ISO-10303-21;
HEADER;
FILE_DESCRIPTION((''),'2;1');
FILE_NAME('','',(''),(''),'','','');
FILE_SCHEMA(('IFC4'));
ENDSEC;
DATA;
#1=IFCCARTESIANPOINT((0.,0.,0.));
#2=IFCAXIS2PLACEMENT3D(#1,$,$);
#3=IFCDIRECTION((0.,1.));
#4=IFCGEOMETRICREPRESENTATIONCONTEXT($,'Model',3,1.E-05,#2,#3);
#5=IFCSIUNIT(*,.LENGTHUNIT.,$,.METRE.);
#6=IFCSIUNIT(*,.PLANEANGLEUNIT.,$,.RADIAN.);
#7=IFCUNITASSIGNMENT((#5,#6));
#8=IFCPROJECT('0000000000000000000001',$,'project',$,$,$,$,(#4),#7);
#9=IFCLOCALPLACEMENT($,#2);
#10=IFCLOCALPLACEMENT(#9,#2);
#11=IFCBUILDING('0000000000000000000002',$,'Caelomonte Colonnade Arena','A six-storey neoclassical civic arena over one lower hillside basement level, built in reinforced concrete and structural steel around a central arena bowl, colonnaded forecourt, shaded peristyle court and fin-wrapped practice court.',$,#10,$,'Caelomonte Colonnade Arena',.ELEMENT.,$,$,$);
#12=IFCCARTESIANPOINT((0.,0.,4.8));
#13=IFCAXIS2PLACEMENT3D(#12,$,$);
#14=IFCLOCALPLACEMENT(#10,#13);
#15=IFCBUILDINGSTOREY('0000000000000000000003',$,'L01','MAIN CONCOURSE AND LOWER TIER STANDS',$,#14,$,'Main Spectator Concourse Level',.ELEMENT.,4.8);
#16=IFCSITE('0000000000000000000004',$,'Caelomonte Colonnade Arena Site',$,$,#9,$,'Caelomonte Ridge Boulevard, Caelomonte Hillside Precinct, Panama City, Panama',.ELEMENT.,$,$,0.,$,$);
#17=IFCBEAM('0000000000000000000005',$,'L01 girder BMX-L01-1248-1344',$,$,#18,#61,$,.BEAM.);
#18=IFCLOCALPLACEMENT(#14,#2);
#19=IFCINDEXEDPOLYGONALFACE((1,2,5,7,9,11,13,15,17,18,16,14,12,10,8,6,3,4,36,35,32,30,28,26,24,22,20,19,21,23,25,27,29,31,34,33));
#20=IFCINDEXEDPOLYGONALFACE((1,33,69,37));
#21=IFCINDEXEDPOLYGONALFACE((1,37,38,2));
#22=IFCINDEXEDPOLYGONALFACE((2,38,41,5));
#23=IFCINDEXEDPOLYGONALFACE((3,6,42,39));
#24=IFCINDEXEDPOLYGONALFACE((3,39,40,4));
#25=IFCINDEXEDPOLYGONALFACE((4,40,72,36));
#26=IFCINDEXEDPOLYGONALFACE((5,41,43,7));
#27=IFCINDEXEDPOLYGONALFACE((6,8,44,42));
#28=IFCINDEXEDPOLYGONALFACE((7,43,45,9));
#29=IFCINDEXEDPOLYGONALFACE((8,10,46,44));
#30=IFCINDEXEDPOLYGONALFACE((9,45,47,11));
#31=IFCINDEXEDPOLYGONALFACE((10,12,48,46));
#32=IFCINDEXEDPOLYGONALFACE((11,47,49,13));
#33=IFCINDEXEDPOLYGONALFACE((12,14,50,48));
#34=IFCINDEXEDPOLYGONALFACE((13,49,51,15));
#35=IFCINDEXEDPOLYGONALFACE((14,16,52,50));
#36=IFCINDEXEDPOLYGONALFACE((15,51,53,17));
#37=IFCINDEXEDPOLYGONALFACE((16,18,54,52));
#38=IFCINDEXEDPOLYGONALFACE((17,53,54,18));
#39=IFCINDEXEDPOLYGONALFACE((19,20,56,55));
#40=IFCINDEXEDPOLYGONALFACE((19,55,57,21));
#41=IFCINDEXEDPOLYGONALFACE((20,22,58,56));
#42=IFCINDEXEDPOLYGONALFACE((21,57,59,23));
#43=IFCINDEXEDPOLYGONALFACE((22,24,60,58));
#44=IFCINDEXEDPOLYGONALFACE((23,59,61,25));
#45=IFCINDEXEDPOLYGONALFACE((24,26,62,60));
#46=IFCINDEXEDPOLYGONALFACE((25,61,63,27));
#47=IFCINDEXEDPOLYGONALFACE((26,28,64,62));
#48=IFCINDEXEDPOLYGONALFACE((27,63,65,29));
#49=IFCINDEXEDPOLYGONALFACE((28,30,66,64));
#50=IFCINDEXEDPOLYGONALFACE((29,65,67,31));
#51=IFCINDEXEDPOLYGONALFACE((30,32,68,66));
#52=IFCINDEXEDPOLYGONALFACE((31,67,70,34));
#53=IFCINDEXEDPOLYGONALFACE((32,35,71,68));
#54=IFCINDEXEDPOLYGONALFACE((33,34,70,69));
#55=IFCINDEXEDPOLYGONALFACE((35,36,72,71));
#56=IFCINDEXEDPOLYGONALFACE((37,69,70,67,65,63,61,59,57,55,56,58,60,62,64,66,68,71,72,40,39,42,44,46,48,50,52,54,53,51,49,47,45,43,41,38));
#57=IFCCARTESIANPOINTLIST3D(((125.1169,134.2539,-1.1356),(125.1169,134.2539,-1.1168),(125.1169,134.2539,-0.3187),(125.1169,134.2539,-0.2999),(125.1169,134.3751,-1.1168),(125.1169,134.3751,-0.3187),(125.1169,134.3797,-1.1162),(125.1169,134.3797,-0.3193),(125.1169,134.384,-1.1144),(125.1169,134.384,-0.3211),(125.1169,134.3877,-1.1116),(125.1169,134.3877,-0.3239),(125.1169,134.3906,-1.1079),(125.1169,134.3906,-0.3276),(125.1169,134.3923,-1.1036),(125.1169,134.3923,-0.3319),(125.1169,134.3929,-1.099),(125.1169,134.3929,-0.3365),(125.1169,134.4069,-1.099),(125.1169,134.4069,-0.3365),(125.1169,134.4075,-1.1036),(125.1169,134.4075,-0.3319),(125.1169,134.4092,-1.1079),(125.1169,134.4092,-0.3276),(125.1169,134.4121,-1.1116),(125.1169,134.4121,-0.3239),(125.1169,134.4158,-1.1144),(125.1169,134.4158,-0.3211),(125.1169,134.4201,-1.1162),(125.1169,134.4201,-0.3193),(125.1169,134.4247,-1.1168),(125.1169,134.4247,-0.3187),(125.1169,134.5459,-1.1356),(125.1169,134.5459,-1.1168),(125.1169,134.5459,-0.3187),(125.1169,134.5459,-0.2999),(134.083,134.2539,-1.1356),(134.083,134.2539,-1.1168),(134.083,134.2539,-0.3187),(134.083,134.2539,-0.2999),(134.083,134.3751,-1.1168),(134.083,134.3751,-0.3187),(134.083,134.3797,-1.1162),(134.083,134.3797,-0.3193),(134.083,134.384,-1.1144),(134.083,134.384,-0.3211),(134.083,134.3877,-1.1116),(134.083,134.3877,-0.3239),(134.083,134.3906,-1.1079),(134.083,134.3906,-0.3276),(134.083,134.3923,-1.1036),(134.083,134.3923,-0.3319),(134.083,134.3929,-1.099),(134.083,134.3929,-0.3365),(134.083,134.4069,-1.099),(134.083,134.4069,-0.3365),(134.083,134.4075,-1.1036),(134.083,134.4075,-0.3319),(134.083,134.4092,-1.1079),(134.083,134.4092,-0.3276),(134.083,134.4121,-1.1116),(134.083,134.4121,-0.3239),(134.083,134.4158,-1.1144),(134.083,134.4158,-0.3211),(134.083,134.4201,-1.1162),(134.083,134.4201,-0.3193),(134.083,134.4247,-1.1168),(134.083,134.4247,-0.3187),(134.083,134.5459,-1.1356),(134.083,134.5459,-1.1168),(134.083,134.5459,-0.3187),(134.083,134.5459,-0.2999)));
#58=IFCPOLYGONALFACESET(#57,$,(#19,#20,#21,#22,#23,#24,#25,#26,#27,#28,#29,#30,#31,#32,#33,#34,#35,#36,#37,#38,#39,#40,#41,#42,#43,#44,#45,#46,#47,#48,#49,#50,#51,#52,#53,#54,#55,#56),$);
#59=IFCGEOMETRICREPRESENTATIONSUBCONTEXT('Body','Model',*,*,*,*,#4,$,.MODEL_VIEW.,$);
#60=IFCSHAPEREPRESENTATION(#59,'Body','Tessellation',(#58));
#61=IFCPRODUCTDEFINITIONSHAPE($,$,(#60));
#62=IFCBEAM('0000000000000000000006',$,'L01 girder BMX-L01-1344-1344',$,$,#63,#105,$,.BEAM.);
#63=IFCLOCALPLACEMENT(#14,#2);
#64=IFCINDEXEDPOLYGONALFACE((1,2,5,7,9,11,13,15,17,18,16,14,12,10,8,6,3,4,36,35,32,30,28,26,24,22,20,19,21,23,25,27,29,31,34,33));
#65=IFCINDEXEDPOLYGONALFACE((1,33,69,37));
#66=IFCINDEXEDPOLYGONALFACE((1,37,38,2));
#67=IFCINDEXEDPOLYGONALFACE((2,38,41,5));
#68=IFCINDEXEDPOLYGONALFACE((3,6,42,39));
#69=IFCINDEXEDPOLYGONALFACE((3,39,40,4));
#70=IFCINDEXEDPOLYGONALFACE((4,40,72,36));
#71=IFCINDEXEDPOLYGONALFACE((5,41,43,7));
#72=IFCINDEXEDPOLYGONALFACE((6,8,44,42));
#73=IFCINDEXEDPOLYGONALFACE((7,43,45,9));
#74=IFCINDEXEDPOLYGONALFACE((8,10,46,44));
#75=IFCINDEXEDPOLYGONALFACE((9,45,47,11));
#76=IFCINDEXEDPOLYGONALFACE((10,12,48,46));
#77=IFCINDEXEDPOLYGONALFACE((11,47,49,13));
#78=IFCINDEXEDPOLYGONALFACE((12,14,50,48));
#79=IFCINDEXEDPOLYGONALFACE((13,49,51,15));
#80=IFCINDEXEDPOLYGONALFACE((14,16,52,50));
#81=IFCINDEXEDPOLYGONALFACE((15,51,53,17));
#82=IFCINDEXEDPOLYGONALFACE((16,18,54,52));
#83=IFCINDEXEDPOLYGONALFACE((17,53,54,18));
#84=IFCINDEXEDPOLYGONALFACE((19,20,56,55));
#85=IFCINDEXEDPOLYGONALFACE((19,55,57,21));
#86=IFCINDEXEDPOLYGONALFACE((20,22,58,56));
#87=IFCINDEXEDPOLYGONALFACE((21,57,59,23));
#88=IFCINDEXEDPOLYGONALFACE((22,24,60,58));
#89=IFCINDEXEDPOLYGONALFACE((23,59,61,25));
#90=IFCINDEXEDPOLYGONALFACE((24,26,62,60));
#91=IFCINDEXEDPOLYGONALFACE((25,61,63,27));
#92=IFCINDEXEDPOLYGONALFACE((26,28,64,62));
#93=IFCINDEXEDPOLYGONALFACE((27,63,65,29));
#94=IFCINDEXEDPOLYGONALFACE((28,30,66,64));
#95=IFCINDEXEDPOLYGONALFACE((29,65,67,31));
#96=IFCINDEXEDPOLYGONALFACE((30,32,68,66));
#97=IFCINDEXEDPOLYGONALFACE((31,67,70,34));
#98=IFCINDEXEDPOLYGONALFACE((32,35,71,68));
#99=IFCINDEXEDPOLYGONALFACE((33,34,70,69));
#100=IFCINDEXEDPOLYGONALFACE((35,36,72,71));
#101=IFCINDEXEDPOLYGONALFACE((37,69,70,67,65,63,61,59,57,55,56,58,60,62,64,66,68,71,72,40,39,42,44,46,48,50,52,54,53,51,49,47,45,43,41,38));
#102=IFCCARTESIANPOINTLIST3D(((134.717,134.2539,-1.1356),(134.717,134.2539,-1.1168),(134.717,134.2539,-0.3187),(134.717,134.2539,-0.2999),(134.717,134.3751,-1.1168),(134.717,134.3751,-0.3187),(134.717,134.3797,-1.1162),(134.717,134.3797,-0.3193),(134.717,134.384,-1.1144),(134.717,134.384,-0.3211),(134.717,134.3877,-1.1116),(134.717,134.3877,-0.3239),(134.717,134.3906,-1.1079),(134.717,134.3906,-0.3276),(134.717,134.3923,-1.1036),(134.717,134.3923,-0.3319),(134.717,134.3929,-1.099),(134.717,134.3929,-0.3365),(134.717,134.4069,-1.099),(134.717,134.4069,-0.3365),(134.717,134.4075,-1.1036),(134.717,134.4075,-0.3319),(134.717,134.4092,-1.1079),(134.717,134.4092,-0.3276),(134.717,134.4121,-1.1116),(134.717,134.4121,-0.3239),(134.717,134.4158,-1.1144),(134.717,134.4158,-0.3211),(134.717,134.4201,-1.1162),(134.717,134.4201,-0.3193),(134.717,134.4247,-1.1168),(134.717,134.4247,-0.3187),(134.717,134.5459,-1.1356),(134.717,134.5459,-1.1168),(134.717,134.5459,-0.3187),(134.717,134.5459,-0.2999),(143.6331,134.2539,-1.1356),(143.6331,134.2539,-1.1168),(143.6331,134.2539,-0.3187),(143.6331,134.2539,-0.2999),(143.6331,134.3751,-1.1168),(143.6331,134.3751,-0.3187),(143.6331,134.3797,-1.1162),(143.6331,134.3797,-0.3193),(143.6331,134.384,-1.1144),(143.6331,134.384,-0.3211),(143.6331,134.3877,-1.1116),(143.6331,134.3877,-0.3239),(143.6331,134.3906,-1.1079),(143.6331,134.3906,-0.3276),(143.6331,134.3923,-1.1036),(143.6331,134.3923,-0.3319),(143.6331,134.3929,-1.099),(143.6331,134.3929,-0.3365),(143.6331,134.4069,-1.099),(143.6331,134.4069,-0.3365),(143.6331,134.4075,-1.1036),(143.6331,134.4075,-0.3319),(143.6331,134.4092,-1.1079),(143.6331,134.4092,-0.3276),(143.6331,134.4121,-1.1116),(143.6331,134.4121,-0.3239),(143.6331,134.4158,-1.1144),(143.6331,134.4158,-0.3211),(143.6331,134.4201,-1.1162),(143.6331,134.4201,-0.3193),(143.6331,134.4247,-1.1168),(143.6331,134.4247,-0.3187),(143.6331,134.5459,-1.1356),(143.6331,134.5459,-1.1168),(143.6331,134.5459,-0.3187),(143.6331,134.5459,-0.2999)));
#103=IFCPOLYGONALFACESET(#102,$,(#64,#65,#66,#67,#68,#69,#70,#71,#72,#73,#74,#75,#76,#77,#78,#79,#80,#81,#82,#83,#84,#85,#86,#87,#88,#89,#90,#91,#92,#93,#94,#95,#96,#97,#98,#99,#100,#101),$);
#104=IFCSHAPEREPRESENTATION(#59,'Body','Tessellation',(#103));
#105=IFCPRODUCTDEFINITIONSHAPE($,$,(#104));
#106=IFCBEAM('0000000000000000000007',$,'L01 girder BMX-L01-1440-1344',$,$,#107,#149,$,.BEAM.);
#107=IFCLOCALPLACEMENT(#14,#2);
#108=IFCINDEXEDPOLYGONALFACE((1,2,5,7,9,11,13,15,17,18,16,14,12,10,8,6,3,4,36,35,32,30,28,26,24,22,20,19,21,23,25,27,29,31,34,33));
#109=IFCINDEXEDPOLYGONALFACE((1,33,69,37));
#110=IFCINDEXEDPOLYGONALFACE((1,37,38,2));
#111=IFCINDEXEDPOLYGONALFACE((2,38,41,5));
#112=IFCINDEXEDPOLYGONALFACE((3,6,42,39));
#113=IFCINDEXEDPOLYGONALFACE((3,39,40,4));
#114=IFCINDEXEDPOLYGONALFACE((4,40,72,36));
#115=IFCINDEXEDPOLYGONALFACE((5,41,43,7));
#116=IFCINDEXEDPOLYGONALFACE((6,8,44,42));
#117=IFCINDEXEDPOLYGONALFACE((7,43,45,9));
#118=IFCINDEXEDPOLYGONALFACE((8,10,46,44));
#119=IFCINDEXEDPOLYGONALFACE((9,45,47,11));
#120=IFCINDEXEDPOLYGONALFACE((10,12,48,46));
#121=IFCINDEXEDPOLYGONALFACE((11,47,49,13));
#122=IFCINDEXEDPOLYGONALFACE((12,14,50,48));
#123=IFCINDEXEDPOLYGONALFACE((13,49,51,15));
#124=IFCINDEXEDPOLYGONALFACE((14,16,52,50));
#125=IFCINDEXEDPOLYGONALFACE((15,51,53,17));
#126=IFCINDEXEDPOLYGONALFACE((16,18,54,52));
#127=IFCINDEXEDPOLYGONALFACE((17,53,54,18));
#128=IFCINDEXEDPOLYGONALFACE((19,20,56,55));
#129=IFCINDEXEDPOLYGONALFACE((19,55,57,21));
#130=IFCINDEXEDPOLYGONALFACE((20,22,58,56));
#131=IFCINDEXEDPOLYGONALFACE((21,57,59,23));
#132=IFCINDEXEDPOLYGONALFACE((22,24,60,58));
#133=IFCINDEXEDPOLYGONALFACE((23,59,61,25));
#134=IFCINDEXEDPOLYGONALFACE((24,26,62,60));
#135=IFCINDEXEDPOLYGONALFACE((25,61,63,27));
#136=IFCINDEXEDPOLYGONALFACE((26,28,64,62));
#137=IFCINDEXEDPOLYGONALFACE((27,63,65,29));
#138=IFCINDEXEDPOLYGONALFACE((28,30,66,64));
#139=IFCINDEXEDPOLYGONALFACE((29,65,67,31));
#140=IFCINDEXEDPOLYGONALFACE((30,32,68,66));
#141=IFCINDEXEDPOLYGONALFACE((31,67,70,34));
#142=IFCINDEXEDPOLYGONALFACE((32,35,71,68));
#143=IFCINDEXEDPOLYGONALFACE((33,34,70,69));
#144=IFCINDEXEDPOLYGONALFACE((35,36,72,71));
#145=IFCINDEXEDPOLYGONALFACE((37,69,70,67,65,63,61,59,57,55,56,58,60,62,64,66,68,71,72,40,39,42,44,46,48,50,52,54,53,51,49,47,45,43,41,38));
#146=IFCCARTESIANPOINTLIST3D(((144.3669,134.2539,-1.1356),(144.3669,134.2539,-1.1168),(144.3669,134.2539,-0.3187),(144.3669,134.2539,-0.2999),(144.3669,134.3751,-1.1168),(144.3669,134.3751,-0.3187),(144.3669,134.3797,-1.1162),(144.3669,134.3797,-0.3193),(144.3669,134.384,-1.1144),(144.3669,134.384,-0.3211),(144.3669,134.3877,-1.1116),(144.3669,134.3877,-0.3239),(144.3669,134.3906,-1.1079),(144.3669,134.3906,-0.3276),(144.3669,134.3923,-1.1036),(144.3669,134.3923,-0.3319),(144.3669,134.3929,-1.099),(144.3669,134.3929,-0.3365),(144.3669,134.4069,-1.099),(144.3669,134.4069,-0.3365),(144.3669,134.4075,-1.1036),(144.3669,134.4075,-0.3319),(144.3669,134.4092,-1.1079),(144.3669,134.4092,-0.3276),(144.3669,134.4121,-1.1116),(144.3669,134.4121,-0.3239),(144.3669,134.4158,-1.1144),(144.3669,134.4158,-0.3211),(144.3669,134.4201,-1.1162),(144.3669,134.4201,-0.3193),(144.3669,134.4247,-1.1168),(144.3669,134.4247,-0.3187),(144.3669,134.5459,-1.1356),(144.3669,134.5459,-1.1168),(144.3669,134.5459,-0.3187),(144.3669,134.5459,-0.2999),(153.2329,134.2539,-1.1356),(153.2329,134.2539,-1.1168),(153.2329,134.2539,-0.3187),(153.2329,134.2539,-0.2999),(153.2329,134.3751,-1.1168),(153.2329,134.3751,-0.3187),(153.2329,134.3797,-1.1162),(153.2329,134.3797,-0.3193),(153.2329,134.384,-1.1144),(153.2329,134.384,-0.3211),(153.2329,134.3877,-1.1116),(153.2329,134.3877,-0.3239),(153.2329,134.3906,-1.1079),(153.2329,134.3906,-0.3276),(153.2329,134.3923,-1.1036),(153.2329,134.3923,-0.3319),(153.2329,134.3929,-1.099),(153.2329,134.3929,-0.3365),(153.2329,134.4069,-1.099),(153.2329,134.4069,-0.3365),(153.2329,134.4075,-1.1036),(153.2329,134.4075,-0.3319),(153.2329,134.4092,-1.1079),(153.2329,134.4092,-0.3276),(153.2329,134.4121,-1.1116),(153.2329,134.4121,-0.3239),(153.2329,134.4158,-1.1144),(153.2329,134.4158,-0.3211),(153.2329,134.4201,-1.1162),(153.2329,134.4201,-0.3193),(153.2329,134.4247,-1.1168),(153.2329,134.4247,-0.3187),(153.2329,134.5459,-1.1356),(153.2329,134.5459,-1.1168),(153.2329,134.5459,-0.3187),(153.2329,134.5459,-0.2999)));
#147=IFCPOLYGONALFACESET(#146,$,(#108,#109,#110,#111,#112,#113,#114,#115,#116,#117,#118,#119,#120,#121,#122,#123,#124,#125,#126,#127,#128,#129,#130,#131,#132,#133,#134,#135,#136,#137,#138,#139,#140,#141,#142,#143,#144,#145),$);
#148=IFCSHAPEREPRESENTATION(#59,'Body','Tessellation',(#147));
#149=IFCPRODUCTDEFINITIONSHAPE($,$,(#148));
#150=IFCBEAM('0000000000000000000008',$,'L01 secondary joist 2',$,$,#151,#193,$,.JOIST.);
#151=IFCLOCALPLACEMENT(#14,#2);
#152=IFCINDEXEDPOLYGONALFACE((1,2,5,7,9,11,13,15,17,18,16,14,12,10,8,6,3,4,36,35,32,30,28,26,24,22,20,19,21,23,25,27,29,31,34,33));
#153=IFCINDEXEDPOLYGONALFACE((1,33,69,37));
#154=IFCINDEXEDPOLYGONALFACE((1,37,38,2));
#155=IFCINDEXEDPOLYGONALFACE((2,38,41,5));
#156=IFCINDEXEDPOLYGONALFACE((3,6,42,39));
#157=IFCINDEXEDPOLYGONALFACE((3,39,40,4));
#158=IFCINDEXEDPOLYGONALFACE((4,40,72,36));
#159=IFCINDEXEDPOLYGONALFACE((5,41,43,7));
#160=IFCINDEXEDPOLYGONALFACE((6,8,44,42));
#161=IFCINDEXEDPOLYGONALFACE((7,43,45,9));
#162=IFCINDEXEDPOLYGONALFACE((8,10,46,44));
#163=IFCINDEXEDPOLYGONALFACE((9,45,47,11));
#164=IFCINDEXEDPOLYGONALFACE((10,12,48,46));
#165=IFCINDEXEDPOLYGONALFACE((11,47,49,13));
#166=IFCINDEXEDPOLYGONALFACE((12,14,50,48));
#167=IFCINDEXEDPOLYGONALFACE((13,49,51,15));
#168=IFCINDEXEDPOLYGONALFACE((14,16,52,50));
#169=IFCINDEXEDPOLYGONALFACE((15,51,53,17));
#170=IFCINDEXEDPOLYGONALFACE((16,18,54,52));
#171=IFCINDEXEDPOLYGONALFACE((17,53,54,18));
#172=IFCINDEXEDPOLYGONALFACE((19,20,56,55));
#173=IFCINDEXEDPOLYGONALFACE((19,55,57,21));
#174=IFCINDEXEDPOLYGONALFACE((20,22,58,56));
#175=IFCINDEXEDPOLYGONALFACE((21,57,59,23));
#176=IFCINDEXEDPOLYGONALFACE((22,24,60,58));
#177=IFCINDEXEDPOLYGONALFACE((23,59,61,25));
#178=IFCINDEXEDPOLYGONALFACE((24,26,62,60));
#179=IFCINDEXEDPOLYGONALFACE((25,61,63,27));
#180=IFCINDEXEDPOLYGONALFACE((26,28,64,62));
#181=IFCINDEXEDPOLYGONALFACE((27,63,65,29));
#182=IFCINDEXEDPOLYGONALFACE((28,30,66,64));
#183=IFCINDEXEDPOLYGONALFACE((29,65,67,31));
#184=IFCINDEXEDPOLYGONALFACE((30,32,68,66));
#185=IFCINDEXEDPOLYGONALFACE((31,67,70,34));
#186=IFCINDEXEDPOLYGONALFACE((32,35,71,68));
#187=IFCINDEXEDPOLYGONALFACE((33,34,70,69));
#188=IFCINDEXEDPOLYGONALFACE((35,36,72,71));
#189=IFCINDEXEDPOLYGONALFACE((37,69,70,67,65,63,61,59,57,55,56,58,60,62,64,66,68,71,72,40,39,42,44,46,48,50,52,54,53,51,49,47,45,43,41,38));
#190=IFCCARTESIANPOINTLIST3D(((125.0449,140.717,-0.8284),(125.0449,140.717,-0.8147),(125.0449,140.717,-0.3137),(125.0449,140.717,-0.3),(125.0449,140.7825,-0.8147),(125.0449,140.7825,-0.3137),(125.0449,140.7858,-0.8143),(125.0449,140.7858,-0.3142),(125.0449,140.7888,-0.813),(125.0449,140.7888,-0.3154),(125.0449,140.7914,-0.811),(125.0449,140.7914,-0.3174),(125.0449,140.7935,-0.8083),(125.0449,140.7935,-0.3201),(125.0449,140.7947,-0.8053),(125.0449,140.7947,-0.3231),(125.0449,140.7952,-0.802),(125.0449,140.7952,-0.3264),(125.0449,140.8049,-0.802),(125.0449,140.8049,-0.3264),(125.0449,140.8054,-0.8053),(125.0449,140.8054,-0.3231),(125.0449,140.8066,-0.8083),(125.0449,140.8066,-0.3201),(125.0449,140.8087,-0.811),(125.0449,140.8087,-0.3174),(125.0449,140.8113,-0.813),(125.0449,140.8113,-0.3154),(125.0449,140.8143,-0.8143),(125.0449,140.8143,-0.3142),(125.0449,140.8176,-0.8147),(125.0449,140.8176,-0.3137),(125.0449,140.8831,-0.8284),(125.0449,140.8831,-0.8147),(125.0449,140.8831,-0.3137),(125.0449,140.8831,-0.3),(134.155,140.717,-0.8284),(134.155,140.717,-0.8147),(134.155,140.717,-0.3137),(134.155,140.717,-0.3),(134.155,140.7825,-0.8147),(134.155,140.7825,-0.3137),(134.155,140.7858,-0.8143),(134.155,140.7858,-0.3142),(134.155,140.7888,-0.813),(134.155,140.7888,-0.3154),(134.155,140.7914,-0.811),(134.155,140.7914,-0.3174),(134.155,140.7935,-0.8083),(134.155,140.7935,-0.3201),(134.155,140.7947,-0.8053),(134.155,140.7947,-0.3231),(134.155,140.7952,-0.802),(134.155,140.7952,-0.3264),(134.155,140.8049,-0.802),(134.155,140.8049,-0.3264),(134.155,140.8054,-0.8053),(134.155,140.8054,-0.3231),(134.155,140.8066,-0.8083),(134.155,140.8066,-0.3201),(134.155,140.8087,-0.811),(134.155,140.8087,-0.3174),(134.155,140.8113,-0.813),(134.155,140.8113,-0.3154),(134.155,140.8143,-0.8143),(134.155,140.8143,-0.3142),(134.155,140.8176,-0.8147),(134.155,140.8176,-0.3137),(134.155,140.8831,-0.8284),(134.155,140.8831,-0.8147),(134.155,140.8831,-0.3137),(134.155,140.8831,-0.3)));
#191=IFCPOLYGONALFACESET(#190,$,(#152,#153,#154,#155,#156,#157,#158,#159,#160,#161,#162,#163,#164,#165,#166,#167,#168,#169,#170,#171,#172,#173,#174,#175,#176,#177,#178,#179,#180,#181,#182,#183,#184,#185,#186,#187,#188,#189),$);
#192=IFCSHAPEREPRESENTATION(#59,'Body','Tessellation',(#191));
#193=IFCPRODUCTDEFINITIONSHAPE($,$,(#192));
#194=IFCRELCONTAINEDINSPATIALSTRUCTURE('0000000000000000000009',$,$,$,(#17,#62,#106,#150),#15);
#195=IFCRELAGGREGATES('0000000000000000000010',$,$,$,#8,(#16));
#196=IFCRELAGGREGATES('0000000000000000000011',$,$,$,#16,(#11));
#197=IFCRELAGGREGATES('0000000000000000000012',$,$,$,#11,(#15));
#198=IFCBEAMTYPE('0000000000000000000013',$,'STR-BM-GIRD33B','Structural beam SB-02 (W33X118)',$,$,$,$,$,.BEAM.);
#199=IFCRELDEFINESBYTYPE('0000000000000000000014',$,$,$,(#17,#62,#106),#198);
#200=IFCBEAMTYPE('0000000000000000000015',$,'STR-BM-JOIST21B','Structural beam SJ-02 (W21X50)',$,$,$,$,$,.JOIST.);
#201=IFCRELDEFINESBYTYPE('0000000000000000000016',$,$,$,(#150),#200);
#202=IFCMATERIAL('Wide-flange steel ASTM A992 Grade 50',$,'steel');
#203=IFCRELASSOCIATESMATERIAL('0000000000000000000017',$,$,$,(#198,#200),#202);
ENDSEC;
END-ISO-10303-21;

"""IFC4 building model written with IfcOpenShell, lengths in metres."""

from ifc_helpers import new_model, si_unit, direction, frame, origin, origin_2d, place, context, subcontext, project, spatial, i_section, extrude, material, material_profile, profile_set, type_object, element, save


model = new_model("IFC4")

# Units and contexts
model_context = context("Model", 3, precision=1e-05, world=origin(), true_north=direction((0.0, 1.0)))
body_context = subcontext(model_context, "Body", "Model", "MODEL_VIEW")
ifc_project = project(units=[si_unit("LENGTHUNIT", "METRE"), si_unit("PLANEANGLEUNIT", "RADIAN")], contexts=[model_context])

# Site, building, storey
site_placement = place(None, origin())
site = spatial("IfcSite", under=ifc_project, at=site_placement, Name="Caelomonte Colonnade Arena Site", LongName="Caelomonte Ridge Boulevard, Caelomonte Hillside Precinct, Panama City, Panama", CompositionType="ELEMENT", RefElevation=0.0)
building_placement = place(site_placement, origin())
building = spatial("IfcBuilding", under=site, at=building_placement, Name="Caelomonte Colonnade Arena", Description="A six-storey neoclassical civic arena over one lower hillside basement level, built in reinforced concrete and structural steel around a central arena bowl, colonnaded forecourt, shaded peristyle court and fin-wrapped practice court.", LongName="Caelomonte Colonnade Arena", CompositionType="ELEMENT")
storey_placement = place(building_placement, frame((0.0, 0.0, 4.8)))
storey = spatial("IfcBuildingStorey", under=building, at=storey_placement, Name="L01", Description="MAIN CONCOURSE AND LOWER TIER STANDS", LongName="Main Spectator Concourse Level", CompositionType="ELEMENT", Elevation=4.8)

# Beams
ifc_material_1 = material(Name="Wide-flange steel ASTM A992 Grade 50", Category="steel")
ifc_material_profile_1 = material_profile(ifc_material_1, i_section(OverallWidth=0.292, OverallDepth=0.8357, WebThickness=0.0139, FlangeThickness=0.0188, FilletRadius=0.0178, at=origin_2d()), Name="W33X118")
ifc_profile_set_1 = profile_set([ifc_material_profile_1], Name="Wide-flange steel ASTM A992 Grade 50")
beam_type_1 = type_object("IfcBeamType", Name="STR-BM-GIRD33B", Description="Structural beam SB-02 (W33X118)", PredefinedType="BEAM", material=ifc_profile_set_1)
beam_1_placement = place(storey_placement, frame((125.1169, 134.3999, -0.7178), z_axis=(1.0, 0.0, 0.0), x_axis=(0.0, 1.0, 0.0)))
element("IfcBeam", 1, at=beam_1_placement, inside=storey, type_object=beam_type_1, Name="L01 girder BMX-L01-1248-1344", PredefinedType="BEAM", context=body_context, shape_type="SweptSolid", body=[
    extrude(i_section(OverallWidth=0.292, OverallDepth=0.8357, WebThickness=0.0139, FlangeThickness=0.0188, FilletRadius=0.0178, at=origin_2d()), origin(), (0.0, 0.0, 1.0), 8.9661),
])
beam_2_placement = place(storey_placement, frame((134.717, 134.3999, -0.7178), z_axis=(1.0, 0.0, 0.0), x_axis=(0.0, 1.0, 0.0)))
element("IfcBeam", 2, at=beam_2_placement, inside=storey, type_object=beam_type_1, Name="L01 girder BMX-L01-1344-1344", PredefinedType="BEAM", context=body_context, shape_type="SweptSolid", body=[
    extrude(i_section(OverallWidth=0.292, OverallDepth=0.8357, WebThickness=0.0139, FlangeThickness=0.0188, FilletRadius=0.0178, at=origin_2d()), origin(), (0.0, 0.0, 1.0), 8.916),
])
beam_3_placement = place(storey_placement, frame((144.3669, 134.3999, -0.7178), z_axis=(1.0, 0.0, 0.0), x_axis=(0.0, 1.0, 0.0)))
element("IfcBeam", 3, at=beam_3_placement, inside=storey, type_object=beam_type_1, Name="L01 girder BMX-L01-1440-1344", PredefinedType="BEAM", context=body_context, shape_type="SweptSolid", body=[
    extrude(i_section(OverallWidth=0.292, OverallDepth=0.8357, WebThickness=0.0139, FlangeThickness=0.0188, FilletRadius=0.0178, at=origin_2d()), origin(), (0.0, 0.0, 1.0), 8.866),
])
ifc_material_profile_2 = material_profile(ifc_material_1, i_section(OverallWidth=0.166, OverallDepth=0.5283, WebThickness=0.0098, FlangeThickness=0.0137, FilletRadius=0.0127, at=origin_2d()), Name="W21X50")
ifc_profile_set_2 = profile_set([ifc_material_profile_2], Name="Wide-flange steel ASTM A992 Grade 50")
beam_type_2 = type_object("IfcBeamType", Name="STR-BM-JOIST21B", Description="Structural beam SJ-02 (W21X50)", PredefinedType="JOIST", material=ifc_profile_set_2)
beam_4_placement = place(storey_placement, frame((125.0449, 140.8, -0.5642), z_axis=(1.0, 0.0, 0.0), x_axis=(0.0, 1.0, 0.0)))
element("IfcBeam", 4, at=beam_4_placement, inside=storey, type_object=beam_type_2, Name="L01 secondary joist 2", PredefinedType="JOIST", context=body_context, shape_type="SweptSolid", body=[
    extrude(i_section(OverallWidth=0.166, OverallDepth=0.5283, WebThickness=0.0098, FlangeThickness=0.0137, FilletRadius=0.0127, at=origin_2d()), origin(), (0.0, 0.0, 1.0), 9.1101),
])

save(model, "model.ifc")
